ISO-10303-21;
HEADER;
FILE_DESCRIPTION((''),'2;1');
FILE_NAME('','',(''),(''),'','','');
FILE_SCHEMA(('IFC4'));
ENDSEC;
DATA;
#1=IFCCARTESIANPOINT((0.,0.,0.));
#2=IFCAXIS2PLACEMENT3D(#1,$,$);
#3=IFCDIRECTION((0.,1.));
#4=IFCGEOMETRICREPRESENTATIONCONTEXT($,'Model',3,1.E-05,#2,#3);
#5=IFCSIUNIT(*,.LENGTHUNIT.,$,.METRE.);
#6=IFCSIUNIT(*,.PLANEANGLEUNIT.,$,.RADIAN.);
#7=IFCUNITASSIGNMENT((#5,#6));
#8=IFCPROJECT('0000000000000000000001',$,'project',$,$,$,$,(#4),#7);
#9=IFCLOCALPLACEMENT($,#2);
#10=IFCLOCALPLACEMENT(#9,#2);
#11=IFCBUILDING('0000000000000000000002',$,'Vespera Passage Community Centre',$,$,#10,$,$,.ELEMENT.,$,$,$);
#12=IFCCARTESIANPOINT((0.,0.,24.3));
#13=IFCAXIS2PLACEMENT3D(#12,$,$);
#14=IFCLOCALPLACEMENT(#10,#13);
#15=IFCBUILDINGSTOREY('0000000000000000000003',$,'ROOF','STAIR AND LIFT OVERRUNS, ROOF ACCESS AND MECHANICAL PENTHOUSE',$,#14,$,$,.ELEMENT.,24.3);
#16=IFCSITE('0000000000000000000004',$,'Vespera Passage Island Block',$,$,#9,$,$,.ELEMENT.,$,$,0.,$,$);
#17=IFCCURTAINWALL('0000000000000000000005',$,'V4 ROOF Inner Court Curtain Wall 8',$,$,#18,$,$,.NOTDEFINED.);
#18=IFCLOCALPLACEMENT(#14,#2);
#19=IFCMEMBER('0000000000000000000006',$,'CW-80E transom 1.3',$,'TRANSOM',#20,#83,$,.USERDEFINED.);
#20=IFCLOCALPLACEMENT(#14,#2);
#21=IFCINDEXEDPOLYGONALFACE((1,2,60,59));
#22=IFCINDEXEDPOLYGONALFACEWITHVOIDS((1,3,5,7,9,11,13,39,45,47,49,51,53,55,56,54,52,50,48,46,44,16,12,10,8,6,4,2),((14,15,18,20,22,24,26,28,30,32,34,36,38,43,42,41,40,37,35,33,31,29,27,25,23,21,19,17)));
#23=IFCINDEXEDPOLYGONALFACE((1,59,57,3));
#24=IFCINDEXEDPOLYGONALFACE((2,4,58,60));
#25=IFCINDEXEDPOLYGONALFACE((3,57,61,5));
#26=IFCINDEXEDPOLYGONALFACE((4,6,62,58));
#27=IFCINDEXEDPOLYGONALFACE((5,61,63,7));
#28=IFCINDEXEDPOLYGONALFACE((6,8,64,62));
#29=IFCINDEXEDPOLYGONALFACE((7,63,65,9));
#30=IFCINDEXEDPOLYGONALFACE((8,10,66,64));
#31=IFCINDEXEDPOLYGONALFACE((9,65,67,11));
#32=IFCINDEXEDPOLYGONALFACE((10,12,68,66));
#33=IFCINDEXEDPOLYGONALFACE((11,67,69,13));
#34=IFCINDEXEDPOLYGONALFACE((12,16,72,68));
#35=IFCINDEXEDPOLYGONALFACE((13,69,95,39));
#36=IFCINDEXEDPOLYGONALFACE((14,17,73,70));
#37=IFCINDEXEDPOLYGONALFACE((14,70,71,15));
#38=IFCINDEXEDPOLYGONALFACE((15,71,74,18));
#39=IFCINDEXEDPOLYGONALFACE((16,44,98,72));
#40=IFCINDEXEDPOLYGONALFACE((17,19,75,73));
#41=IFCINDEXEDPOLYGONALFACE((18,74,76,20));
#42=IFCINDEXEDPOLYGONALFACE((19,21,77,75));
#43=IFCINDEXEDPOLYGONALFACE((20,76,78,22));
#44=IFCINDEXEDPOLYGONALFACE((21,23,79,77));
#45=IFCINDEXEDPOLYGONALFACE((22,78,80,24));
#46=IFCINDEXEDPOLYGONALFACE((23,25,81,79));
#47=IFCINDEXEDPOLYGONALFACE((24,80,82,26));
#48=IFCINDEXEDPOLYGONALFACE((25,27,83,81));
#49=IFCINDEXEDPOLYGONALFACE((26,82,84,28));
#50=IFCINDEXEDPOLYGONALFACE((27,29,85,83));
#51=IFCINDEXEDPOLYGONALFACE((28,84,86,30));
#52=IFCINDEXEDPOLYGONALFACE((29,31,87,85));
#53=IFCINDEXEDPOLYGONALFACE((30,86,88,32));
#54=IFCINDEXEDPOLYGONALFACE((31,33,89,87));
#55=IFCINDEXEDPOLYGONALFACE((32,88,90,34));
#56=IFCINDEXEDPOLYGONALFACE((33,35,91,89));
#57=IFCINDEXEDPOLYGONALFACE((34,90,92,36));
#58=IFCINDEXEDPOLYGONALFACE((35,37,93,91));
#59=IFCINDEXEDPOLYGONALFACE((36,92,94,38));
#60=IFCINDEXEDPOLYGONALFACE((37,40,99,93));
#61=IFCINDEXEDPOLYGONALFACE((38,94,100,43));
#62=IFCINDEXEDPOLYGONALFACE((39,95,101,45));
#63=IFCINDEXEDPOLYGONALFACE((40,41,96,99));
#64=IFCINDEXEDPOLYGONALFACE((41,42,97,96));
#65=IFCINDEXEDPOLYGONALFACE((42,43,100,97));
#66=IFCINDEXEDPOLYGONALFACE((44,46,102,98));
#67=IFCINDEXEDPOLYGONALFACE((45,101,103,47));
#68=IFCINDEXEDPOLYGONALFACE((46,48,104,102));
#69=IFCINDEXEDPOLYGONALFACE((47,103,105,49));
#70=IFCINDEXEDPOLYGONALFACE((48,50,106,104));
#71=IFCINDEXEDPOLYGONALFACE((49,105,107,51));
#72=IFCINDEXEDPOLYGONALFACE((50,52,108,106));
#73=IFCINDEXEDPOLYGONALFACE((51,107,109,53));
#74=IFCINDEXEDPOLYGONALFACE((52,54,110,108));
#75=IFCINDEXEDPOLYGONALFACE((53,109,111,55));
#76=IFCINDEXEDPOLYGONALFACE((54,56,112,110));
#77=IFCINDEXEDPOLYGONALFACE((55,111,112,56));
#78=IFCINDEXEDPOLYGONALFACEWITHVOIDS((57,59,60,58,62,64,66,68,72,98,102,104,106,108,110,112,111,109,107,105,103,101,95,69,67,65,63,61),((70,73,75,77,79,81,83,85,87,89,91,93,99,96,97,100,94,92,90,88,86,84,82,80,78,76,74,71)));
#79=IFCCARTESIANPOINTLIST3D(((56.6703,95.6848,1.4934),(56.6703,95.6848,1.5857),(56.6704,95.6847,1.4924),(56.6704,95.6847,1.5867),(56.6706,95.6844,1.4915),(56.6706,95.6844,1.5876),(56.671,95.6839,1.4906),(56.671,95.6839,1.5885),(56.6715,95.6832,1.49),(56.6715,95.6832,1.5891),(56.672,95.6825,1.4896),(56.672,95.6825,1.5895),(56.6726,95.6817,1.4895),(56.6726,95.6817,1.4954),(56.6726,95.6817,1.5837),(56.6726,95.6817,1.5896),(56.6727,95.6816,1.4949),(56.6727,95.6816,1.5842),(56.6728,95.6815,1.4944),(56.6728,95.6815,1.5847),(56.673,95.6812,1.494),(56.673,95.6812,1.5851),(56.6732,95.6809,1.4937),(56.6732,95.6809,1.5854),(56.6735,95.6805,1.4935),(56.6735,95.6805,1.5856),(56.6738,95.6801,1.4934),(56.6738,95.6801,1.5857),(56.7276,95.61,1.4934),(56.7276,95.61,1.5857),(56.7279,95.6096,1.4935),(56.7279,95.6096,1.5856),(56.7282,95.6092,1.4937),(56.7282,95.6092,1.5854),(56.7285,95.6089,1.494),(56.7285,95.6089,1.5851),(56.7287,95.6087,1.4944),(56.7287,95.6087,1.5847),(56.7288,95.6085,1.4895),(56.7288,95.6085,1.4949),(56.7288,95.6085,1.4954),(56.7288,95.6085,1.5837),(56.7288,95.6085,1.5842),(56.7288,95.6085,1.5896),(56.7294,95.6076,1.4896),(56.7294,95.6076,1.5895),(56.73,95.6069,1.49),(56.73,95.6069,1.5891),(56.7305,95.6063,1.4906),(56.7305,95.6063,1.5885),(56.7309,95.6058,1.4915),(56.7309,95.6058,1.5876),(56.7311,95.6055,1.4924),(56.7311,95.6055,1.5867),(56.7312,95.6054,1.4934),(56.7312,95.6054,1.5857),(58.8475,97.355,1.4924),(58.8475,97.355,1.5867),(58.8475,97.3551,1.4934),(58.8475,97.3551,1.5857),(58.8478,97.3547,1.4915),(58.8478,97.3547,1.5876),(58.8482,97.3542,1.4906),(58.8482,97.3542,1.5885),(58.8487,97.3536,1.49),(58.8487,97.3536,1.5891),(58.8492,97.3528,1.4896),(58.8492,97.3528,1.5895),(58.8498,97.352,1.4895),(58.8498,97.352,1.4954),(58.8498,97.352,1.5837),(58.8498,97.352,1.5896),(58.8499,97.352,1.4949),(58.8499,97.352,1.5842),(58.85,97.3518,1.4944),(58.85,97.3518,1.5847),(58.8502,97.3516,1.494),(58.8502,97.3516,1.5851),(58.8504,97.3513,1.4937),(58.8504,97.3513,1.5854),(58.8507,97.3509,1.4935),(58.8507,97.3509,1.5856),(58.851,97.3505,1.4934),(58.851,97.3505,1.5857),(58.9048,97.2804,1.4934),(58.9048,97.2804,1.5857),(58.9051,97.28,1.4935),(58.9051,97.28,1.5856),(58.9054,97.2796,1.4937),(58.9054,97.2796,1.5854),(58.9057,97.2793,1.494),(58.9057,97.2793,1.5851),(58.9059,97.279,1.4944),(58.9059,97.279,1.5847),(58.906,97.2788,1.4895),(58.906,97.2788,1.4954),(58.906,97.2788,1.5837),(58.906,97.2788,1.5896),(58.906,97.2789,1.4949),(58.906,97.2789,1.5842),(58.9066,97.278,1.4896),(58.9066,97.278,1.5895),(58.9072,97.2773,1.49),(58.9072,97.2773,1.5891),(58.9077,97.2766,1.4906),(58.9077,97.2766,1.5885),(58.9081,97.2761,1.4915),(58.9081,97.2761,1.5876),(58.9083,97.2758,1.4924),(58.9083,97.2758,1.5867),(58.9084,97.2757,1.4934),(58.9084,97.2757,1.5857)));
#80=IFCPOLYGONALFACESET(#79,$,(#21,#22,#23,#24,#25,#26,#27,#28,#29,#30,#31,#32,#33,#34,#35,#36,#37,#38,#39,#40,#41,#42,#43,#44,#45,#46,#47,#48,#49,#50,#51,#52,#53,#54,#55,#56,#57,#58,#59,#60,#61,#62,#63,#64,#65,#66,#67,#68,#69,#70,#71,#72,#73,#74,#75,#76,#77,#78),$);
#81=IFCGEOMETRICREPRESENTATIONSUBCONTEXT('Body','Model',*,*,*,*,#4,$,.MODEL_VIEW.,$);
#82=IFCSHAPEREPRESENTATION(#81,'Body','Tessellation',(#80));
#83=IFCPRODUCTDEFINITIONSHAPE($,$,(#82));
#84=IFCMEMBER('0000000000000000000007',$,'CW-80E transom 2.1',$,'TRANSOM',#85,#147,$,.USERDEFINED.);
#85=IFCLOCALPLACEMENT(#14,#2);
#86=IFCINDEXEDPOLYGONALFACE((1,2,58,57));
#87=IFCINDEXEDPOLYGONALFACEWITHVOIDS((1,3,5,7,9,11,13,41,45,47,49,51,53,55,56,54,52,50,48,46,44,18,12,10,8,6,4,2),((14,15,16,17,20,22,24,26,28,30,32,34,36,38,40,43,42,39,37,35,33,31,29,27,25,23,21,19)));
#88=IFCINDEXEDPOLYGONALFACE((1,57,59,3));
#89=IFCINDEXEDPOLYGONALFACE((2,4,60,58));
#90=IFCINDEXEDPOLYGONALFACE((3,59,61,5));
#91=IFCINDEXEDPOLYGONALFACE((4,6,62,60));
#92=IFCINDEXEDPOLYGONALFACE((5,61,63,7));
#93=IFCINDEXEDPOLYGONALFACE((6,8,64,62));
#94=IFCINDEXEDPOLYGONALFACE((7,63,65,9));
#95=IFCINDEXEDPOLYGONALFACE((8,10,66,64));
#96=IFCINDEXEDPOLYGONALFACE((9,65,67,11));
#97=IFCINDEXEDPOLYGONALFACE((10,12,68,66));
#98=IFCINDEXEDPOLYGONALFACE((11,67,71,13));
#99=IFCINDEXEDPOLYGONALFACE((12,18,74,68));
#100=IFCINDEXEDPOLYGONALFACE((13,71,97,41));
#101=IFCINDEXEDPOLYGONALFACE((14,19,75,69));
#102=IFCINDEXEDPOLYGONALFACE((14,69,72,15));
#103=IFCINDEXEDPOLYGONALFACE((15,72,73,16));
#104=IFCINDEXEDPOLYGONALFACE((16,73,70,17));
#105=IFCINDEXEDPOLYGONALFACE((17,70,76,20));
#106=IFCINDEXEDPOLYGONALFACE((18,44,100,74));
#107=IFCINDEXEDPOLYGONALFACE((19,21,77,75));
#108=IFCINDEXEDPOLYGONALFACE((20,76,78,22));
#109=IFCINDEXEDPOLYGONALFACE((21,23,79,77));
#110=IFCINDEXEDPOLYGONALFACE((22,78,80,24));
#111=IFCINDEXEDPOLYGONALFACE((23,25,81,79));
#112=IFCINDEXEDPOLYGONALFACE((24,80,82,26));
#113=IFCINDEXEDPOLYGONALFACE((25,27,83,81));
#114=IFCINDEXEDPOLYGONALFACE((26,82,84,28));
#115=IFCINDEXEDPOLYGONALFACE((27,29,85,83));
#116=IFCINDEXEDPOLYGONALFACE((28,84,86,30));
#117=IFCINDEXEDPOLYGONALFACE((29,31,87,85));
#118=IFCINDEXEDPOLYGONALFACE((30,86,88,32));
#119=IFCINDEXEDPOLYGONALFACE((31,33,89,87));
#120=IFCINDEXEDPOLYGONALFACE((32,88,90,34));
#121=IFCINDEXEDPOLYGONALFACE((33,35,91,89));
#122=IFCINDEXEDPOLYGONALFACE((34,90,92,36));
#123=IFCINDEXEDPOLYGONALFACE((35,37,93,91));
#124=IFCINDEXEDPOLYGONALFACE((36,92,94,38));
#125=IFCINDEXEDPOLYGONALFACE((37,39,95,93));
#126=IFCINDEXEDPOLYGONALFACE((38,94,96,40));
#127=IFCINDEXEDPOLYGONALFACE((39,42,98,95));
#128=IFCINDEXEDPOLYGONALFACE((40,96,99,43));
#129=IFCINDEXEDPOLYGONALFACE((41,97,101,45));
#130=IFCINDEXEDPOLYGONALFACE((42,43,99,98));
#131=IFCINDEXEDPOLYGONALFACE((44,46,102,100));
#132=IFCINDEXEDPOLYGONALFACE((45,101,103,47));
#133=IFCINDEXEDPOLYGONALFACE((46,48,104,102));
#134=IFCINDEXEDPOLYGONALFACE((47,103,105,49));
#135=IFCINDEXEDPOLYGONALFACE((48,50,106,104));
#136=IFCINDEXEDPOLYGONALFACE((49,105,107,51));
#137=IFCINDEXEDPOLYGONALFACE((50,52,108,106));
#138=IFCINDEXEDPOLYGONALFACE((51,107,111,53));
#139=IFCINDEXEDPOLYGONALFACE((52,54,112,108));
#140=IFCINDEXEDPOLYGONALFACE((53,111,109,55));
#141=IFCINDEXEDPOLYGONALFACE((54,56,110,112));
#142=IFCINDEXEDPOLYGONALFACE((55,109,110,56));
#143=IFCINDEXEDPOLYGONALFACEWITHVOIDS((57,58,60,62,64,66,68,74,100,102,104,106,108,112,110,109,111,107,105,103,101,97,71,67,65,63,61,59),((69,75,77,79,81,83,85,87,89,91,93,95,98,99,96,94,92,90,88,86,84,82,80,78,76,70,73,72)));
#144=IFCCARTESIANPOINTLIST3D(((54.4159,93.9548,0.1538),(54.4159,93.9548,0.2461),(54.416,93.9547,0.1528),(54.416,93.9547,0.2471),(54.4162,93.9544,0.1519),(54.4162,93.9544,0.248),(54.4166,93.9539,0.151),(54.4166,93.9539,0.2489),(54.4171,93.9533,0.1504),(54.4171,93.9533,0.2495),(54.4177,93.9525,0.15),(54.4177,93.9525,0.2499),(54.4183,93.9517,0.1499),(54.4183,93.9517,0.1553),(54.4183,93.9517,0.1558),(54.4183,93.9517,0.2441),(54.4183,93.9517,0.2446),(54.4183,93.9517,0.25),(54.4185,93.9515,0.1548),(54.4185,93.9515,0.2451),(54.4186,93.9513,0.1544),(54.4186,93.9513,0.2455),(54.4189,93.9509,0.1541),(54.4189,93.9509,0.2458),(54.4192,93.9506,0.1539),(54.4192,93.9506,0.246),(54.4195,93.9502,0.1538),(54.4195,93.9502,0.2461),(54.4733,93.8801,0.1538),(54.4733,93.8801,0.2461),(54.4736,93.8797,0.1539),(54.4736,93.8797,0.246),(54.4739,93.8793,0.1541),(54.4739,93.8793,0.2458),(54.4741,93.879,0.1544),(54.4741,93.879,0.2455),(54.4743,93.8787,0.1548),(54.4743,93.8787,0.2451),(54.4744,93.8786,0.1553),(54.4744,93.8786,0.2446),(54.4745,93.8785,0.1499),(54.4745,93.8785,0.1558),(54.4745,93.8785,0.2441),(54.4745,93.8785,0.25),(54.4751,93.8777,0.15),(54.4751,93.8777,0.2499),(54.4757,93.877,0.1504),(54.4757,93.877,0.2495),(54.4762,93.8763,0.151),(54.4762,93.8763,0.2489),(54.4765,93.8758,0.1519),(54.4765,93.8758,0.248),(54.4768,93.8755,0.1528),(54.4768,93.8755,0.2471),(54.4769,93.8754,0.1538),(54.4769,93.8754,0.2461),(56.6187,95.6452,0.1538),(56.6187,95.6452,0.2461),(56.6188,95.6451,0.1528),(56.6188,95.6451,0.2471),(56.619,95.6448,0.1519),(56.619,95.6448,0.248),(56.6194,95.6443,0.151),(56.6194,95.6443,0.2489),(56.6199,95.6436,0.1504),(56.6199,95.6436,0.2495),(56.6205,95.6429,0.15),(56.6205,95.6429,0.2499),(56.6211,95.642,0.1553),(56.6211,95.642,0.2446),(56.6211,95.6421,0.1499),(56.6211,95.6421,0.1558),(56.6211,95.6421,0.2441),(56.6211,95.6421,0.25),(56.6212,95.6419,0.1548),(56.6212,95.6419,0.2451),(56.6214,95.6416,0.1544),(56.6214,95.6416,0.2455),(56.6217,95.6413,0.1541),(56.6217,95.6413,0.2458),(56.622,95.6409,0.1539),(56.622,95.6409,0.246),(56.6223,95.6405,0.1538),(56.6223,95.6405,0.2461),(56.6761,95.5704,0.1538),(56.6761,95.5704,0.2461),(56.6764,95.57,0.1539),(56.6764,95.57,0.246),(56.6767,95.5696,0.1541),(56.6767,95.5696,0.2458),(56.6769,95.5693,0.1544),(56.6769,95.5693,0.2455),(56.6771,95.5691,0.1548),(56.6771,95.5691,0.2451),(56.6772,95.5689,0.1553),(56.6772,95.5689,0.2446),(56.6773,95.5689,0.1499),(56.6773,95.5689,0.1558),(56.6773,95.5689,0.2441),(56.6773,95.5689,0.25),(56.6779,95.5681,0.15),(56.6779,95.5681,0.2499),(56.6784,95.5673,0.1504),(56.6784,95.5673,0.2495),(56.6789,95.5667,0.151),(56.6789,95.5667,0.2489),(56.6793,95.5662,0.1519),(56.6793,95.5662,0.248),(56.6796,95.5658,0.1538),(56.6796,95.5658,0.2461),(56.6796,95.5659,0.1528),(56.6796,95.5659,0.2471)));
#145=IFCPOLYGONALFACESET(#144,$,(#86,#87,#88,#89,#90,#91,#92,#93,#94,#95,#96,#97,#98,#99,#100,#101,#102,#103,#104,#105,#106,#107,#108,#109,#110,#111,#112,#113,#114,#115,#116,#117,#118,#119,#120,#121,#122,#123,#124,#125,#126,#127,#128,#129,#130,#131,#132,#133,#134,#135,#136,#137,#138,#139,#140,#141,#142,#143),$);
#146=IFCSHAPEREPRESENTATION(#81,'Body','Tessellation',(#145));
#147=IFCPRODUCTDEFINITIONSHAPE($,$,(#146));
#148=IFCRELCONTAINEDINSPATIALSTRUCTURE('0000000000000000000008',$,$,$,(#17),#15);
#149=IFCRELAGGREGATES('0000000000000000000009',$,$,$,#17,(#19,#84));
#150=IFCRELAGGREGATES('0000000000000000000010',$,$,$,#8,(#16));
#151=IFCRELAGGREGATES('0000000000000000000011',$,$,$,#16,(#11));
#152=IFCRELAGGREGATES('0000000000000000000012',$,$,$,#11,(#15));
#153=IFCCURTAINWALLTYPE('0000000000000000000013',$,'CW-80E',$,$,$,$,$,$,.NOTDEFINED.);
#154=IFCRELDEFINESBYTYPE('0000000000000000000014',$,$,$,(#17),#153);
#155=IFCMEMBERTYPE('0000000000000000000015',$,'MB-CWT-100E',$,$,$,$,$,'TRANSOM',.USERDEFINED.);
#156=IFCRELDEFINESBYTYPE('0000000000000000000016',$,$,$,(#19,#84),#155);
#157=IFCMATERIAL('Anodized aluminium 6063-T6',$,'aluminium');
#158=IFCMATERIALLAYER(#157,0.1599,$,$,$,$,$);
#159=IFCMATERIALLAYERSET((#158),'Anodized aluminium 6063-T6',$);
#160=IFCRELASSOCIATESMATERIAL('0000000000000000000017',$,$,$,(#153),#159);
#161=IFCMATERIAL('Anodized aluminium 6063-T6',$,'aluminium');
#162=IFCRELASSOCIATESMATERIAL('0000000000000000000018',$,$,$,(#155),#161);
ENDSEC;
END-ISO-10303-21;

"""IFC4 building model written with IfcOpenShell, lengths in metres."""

from ifc_helpers import new_model, si_unit, direction, frame, origin, origin_2d, place, context, subcontext, project, spatial, hollow_rectangle, extrude, material, layer, layer_set, material_profile, profile_set, type_object, element, aggregate, save


model = new_model("IFC4")

# Units and contexts
model_context = context("Model", 3, precision=1e-05, world=origin(), true_north=direction((0.0, 1.0)))
body_context = subcontext(model_context, "Body", "Model", "MODEL_VIEW")
ifc_project = project(units=[si_unit("LENGTHUNIT", "METRE"), si_unit("PLANEANGLEUNIT", "RADIAN")], contexts=[model_context])

# Site, building, storey
site_placement = place(None, origin())
site = spatial("IfcSite", under=ifc_project, at=site_placement, Name="Vespera Passage Island Block", CompositionType="ELEMENT", RefElevation=0.0)
building_placement = place(site_placement, origin())
building = spatial("IfcBuilding", under=site, at=building_placement, Name="Vespera Passage Community Centre", CompositionType="ELEMENT")
storey_placement = place(building_placement, frame((0.0, 0.0, 24.3)))
storey = spatial("IfcBuildingStorey", under=building, at=storey_placement, Name="ROOF", Description="STAIR AND LIFT OVERRUNS, ROOF ACCESS AND MECHANICAL PENTHOUSE", CompositionType="ELEMENT", Elevation=24.3)

# Curtain wall, members
ifc_material_1 = material(Name="Anodized aluminium 6063-T6", Category="aluminium")
ifc_layer_1 = layer(ifc_material_1, 0.1599)
ifc_layer_set_1 = layer_set([ifc_layer_1], Name="Anodized aluminium 6063-T6")
curtain_wall_type = type_object("IfcCurtainWallType", Name="CW-80E", PredefinedType="NOTDEFINED", material=ifc_layer_set_1)
curtain_wall_placement = place(storey_placement, origin())
curtain_wall = element("IfcCurtainWall", 1, at=curtain_wall_placement, inside=storey, type_object=curtain_wall_type, Name="V4 ROOF Inner Court Curtain Wall 8", PredefinedType="NOTDEFINED")
ifc_material_2 = material(Name="Anodized aluminium 6063-T6", Category="aluminium")
ifc_material_profile_1 = material_profile(ifc_material_2, hollow_rectangle(XDim=0.1001, YDim=0.1001, WallThickness=0.0039, InnerFilletRadius=0.002, OuterFilletRadius=0.0039, at=origin_2d()), Name="ALU100X100X4")
ifc_profile_set_1 = profile_set([ifc_material_profile_1], Name="Anodized aluminium 6063-T6")
member_type_1 = type_object("IfcMemberType", Name="MB-CWT-100E", ElementType="TRANSOM", PredefinedType="USERDEFINED", material=ifc_profile_set_1)
member_1_placement = place(storey_placement, frame((58.8779, 97.3154, 1.5396), z_axis=(-0.793397, -0.608704, 0.0), x_axis=(0.608704, -0.793397, 0.0)))
member_1 = element("IfcMember", 2, at=member_1_placement, type_object=member_type_1, Name="CW-80E transom 1.3", ObjectType="TRANSOM", PredefinedType="USERDEFINED", context=body_context, shape_type="SweptSolid", body=[
    extrude(hollow_rectangle(XDim=0.1001, YDim=0.1001, WallThickness=0.0039, InnerFilletRadius=0.002, OuterFilletRadius=0.0039, at=origin_2d()), origin(), (0.0, 0.0, 1.0), 2.7441),
])
member_2_placement = place(storey_placement, frame((56.6492, 95.6055, 0.2), z_axis=(-0.793336, -0.608784, 0.0), x_axis=(0.608784, -0.793336, 0.0)))
member_2 = element("IfcMember", 3, at=member_2_placement, type_object=member_type_1, Name="CW-80E transom 2.1", ObjectType="TRANSOM", PredefinedType="USERDEFINED", context=body_context, shape_type="SweptSolid", body=[
    extrude(hollow_rectangle(XDim=0.1001, YDim=0.1001, WallThickness=0.0039, InnerFilletRadius=0.002, OuterFilletRadius=0.0039, at=origin_2d()), origin(), (0.0, 0.0, 1.0), 2.7766),
])

aggregate(curtain_wall, [member_1, member_2])

save(model, "model.ifc")
